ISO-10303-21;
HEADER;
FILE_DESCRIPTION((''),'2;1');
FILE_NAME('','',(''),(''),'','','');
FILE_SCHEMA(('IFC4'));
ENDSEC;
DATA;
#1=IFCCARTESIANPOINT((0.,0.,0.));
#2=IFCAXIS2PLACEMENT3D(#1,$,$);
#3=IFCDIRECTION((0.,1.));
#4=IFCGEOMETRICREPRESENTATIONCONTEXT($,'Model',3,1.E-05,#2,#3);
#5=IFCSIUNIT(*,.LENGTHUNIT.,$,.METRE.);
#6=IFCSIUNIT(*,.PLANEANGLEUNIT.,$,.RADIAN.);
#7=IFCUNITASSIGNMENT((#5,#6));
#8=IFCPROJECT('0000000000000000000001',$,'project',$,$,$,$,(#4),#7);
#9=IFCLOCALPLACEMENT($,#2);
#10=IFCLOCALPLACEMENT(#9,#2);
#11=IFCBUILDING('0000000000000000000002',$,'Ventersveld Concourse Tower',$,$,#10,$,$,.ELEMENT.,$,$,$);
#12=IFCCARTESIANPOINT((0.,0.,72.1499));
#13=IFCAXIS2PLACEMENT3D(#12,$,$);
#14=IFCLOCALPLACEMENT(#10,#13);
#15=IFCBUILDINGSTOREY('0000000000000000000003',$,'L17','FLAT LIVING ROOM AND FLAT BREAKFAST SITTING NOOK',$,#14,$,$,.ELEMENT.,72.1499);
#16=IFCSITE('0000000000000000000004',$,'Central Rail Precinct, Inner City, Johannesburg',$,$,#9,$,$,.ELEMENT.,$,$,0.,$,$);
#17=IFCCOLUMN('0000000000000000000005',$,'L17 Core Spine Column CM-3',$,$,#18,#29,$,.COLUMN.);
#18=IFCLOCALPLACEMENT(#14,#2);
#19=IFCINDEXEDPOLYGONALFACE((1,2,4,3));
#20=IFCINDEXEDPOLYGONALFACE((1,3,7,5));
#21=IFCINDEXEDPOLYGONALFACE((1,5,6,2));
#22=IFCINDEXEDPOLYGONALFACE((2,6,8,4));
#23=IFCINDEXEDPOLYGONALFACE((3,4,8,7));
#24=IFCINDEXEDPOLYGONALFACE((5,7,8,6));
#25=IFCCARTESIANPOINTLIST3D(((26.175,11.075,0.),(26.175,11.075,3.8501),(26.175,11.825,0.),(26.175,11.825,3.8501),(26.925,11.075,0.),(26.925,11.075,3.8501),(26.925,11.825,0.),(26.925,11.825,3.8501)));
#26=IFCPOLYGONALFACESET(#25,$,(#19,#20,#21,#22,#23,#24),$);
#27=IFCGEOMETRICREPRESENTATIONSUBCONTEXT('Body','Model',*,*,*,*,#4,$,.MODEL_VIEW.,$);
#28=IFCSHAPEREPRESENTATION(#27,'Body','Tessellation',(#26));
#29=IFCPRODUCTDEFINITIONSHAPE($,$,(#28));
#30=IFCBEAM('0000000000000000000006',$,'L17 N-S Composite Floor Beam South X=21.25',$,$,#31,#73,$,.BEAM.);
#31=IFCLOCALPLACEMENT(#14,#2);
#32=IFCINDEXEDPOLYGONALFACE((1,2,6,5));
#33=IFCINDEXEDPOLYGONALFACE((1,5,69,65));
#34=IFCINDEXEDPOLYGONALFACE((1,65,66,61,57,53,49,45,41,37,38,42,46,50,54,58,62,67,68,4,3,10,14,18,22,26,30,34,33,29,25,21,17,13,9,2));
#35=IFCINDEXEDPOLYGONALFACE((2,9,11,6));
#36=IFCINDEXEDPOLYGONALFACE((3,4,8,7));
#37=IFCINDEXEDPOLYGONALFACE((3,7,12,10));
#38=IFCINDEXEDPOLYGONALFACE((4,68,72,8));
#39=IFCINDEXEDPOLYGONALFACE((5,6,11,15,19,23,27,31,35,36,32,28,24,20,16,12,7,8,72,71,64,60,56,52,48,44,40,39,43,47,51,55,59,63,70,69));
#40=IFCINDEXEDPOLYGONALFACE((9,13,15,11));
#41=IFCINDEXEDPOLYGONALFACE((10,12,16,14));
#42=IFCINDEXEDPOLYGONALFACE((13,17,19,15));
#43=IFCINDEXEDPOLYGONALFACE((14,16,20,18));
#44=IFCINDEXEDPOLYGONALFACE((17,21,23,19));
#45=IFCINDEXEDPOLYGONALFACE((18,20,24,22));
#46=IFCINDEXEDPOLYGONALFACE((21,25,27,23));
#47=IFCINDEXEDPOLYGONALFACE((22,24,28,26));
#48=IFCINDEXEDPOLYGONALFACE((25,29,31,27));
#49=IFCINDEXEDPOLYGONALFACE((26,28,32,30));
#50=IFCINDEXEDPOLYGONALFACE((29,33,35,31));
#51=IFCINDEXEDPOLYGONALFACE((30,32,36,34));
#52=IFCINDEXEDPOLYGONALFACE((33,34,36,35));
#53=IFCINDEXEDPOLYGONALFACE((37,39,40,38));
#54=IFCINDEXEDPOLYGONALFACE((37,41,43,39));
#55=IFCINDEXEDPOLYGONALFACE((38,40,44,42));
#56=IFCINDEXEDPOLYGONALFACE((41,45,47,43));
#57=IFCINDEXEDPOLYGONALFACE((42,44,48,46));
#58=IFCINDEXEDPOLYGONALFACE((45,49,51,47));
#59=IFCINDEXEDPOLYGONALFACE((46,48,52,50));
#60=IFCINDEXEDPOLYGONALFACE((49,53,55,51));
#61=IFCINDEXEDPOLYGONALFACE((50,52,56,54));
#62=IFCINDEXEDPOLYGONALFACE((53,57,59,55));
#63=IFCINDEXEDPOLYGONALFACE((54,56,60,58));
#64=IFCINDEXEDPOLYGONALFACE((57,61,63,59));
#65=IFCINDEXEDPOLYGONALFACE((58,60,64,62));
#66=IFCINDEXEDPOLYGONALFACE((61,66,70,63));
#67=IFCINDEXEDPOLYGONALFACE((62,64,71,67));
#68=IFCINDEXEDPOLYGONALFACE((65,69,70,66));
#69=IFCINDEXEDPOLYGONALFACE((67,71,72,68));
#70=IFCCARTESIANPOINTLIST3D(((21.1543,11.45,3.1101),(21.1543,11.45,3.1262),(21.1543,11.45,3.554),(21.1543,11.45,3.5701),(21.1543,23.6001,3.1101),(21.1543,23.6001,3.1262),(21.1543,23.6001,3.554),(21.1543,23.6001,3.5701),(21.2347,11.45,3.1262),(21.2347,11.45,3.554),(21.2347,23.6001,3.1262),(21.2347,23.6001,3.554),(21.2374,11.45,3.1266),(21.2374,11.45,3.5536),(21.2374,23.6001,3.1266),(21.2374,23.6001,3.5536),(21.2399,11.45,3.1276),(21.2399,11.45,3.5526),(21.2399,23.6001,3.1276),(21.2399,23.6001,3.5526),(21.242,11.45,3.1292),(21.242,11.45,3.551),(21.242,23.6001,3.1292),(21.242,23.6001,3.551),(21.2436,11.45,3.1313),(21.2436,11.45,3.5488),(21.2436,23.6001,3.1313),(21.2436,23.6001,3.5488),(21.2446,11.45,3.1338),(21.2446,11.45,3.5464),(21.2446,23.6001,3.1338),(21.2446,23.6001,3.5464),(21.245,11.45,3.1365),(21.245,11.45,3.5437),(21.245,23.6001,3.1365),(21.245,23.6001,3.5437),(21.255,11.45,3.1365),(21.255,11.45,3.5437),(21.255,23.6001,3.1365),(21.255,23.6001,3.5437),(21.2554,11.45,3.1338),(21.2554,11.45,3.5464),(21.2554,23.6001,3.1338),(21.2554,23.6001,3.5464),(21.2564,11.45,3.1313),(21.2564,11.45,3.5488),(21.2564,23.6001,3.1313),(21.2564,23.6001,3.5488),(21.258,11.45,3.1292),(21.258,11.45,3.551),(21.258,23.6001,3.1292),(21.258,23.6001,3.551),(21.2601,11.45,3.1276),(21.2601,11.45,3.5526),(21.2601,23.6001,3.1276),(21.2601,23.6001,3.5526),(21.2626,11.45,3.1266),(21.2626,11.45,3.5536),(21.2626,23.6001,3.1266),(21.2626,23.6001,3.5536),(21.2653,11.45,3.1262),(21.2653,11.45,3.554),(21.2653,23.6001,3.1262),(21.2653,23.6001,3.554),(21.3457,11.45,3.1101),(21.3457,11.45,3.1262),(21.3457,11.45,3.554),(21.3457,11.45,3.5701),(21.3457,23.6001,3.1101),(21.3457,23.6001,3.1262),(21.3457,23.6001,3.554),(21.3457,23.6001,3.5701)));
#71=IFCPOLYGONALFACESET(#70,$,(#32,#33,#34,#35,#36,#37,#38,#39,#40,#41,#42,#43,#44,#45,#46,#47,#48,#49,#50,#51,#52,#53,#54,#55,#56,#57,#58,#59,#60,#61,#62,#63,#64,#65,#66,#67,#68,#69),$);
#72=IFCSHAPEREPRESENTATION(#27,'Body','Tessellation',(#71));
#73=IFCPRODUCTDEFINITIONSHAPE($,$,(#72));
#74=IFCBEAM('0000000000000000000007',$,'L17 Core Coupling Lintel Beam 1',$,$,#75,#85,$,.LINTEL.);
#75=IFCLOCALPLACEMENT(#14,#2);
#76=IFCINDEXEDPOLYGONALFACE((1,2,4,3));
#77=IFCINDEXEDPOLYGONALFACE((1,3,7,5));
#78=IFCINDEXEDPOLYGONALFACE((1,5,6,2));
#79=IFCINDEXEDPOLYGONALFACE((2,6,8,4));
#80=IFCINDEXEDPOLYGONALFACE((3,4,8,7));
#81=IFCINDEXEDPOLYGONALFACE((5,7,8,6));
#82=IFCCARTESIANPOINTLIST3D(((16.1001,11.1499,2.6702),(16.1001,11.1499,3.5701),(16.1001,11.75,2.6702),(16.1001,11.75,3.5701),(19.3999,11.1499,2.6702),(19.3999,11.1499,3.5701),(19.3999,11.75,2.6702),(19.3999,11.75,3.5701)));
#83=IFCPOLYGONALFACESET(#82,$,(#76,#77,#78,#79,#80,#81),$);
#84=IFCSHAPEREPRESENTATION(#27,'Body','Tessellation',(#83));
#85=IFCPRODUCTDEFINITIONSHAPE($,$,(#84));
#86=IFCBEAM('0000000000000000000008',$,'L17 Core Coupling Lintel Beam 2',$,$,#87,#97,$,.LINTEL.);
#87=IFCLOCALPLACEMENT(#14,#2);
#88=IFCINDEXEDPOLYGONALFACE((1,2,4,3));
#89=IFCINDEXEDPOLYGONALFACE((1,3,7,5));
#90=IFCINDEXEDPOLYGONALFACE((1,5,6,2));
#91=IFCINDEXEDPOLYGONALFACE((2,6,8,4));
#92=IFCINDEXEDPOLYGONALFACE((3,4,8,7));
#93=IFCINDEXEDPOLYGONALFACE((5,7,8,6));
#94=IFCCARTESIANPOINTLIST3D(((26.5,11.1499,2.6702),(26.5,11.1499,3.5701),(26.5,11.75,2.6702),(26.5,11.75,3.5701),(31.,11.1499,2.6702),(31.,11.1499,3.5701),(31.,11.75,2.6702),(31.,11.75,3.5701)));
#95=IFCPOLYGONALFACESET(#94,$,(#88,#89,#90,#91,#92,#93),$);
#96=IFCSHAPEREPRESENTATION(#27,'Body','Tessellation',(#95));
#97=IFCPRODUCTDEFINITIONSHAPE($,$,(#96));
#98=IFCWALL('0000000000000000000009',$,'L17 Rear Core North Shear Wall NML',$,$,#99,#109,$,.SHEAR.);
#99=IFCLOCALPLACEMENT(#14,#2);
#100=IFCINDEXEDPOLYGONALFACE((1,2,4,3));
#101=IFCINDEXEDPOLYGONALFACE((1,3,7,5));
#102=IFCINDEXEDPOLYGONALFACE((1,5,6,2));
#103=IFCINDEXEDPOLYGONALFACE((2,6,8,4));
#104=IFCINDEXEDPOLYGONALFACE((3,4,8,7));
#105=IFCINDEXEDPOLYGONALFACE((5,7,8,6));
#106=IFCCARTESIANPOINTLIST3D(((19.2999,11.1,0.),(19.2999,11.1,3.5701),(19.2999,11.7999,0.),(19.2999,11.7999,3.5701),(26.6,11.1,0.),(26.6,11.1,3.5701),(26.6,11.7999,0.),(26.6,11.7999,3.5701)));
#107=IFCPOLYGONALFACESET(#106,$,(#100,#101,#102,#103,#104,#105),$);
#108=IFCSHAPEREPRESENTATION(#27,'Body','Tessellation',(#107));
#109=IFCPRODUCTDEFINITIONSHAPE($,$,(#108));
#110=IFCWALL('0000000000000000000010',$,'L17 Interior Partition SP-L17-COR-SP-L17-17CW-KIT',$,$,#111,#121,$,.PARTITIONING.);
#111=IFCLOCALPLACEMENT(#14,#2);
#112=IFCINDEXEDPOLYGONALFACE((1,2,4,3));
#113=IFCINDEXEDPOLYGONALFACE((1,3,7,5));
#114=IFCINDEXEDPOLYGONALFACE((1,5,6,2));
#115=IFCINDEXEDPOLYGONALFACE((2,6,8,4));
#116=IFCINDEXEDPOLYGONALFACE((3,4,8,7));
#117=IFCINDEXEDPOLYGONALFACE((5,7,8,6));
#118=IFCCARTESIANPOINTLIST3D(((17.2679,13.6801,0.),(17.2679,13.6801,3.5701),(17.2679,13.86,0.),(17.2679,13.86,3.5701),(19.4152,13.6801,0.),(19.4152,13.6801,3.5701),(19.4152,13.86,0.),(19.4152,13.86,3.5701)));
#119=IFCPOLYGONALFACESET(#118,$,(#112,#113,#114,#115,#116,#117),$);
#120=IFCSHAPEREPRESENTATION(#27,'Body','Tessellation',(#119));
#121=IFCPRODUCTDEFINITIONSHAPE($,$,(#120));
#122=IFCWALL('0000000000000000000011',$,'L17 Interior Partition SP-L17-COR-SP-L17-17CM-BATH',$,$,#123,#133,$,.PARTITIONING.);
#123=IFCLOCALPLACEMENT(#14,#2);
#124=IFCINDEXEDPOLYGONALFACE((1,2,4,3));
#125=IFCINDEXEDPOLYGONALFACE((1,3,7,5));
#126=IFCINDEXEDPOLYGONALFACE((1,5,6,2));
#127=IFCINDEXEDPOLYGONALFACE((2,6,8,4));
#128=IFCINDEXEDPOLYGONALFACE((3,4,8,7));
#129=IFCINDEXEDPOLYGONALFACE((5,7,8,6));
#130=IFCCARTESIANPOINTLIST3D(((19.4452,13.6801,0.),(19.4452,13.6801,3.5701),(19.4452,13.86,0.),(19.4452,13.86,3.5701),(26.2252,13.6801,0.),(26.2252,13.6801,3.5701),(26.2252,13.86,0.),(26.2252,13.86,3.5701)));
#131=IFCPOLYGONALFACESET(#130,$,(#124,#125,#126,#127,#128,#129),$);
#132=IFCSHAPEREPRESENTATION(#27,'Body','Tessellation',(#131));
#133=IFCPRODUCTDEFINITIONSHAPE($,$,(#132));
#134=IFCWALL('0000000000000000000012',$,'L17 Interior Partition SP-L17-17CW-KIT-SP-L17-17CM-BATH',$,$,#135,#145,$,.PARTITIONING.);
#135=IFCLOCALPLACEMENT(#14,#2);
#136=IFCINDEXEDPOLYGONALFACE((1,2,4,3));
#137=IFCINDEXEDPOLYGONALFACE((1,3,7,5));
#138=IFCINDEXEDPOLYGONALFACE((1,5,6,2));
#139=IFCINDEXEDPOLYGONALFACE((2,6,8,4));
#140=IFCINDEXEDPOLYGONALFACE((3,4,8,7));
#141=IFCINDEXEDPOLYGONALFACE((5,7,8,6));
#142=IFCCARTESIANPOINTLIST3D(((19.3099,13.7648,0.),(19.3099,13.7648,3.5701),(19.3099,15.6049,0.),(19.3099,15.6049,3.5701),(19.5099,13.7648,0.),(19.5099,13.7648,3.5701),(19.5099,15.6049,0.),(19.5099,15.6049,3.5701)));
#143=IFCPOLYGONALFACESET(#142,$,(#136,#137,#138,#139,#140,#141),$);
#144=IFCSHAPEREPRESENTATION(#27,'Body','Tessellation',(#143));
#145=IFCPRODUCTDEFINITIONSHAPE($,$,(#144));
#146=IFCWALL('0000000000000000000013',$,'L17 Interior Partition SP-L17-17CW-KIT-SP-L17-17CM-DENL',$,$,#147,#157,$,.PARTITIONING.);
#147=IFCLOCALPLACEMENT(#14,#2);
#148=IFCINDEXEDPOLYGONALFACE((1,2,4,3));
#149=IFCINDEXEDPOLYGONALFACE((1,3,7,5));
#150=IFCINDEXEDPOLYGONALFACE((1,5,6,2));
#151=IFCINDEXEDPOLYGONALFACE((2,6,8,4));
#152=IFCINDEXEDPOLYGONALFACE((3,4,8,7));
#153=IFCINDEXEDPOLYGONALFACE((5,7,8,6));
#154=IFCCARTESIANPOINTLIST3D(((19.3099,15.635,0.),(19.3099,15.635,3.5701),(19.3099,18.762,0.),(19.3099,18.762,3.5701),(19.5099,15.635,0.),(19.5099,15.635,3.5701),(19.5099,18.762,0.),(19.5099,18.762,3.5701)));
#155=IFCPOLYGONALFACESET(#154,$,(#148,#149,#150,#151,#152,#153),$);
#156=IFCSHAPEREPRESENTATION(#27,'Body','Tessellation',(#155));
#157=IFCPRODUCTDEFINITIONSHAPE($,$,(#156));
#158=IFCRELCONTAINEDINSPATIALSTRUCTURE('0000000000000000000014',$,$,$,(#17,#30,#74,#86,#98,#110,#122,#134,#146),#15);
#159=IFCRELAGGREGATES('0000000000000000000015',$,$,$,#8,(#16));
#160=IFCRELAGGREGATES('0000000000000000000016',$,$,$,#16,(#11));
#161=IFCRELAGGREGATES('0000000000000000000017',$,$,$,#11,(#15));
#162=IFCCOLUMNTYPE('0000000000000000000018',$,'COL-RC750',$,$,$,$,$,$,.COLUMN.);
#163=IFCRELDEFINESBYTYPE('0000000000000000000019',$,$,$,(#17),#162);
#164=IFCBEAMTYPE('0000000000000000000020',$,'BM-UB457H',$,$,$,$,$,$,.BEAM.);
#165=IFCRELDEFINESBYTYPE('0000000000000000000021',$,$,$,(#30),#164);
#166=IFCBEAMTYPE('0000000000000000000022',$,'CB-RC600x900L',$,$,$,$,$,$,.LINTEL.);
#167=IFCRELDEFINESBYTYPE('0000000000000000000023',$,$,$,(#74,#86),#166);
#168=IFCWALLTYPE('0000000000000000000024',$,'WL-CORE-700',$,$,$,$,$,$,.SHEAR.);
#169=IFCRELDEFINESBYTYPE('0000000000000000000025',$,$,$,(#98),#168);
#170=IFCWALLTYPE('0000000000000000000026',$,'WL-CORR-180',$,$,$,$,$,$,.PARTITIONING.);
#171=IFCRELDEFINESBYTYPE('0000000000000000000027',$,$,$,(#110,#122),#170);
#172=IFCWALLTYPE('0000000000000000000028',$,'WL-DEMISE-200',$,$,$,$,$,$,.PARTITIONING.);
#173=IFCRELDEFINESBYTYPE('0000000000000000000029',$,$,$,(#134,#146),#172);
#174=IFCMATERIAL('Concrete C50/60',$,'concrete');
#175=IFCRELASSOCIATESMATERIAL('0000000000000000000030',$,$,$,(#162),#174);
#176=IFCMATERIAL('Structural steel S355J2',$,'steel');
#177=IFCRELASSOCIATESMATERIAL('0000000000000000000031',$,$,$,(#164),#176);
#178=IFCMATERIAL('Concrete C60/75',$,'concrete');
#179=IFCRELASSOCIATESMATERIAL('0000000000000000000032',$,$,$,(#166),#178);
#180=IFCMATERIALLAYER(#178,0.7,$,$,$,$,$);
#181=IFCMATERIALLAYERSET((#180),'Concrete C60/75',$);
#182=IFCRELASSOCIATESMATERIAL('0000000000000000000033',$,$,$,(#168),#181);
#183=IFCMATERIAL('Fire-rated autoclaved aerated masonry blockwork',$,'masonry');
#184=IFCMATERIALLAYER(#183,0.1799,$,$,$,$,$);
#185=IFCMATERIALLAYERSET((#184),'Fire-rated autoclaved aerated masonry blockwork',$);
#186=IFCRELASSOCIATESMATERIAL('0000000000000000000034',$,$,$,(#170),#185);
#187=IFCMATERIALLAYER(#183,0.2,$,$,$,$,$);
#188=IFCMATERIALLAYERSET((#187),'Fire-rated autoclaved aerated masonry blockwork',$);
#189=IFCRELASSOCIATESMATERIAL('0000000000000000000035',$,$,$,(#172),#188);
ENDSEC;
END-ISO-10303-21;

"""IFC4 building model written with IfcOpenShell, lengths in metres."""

from ifc_helpers import new_model, si_unit, direction, frame, frame_2d, origin, origin_2d, place, context, subcontext, project, spatial, rectangle, i_section, extrude, material, layer, layer_set, material_profile, profile_set, type_object, element, save


model = new_model("IFC4")

# Units and contexts
model_context = context("Model", 3, precision=1e-05, world=origin(), true_north=direction((0.0, 1.0)))
body_context = subcontext(model_context, "Body", "Model", "MODEL_VIEW")
ifc_project = project(units=[si_unit("LENGTHUNIT", "METRE"), si_unit("PLANEANGLEUNIT", "RADIAN")], contexts=[model_context])

# Site, building, storey
site_placement = place(None, origin())
site = spatial("IfcSite", under=ifc_project, at=site_placement, Name="Central Rail Precinct, Inner City, Johannesburg", CompositionType="ELEMENT", RefElevation=0.0)
building_placement = place(site_placement, origin())
building = spatial("IfcBuilding", under=site, at=building_placement, Name="Ventersveld Concourse Tower", CompositionType="ELEMENT")
storey_placement = place(building_placement, frame((0.0, 0.0, 72.1499)))
storey = spatial("IfcBuildingStorey", under=building, at=storey_placement, Name="L17", Description="FLAT LIVING ROOM AND FLAT BREAKFAST SITTING NOOK", CompositionType="ELEMENT", Elevation=72.1499)

# Column
ifc_material_1 = material(Name="Concrete C50/60", Category="concrete")
ifc_material_profile_1 = material_profile(ifc_material_1, rectangle(XDim=0.75, YDim=0.75, at=origin_2d()), Name="RC 750x750")
ifc_profile_set_1 = profile_set([ifc_material_profile_1], Name="Concrete C50/60")
column_type = type_object("IfcColumnType", Name="COL-RC750", PredefinedType="COLUMN", material=ifc_profile_set_1)
column_placement = place(storey_placement, frame((26.55, 11.45, 0.0), z_axis=(0.0, 0.0, 1.0), x_axis=(1.0, 0.0, 0.0)))
element("IfcColumn", 1, at=column_placement, inside=storey, type_object=column_type, Name="L17 Core Spine Column CM-3", PredefinedType="COLUMN", context=body_context, shape_type="SweptSolid", body=[
    extrude(rectangle(XDim=0.75, YDim=0.75, at=origin_2d()), origin(), (0.0, 0.0, 1.0), 3.8501),
])

# Beams
ifc_material_2 = material(Name="Structural steel S355J2", Category="steel")
ifc_material_profile_2 = material_profile(ifc_material_2, i_section(OverallWidth=0.1914, OverallDepth=0.46, WebThickness=0.01, FlangeThickness=0.0161, FilletRadius=0.0103, at=origin_2d()), Name="UB 457x191x82")
ifc_profile_set_2 = profile_set([ifc_material_profile_2], Name="Structural steel S355J2")
beam_type_1 = type_object("IfcBeamType", Name="BM-UB457H", PredefinedType="BEAM", material=ifc_profile_set_2)
beam_1_placement = place(storey_placement, frame((21.25, 11.45, 3.3401), z_axis=(0.0, 1.0, 0.0), x_axis=(-1.0, 0.0, 0.0)))
element("IfcBeam", 2, at=beam_1_placement, inside=storey, type_object=beam_type_1, Name="L17 N-S Composite Floor Beam South X=21.25", PredefinedType="BEAM", context=body_context, shape_type="SweptSolid", body=[
    extrude(i_section(OverallWidth=0.1914, OverallDepth=0.46, WebThickness=0.01, FlangeThickness=0.0161, FilletRadius=0.0103, at=origin_2d()), origin(), (0.0, 0.0, 1.0), 12.1501),
])
ifc_material_3 = material(Name="Concrete C60/75", Category="concrete")
ifc_material_profile_3 = material_profile(ifc_material_3, rectangle(XDim=0.6001, YDim=0.8999, at=origin_2d()), Name="RC 600x900")
ifc_profile_set_3 = profile_set([ifc_material_profile_3], Name="Concrete C60/75")
beam_type_2 = type_object("IfcBeamType", Name="CB-RC600x900L", PredefinedType="LINTEL", material=ifc_profile_set_3)
beam_2_placement = place(storey_placement, frame((16.1001, 11.45, 3.1201), z_axis=(1.0, 0.0, 0.0), x_axis=(0.0, 1.0, 0.0)))
element("IfcBeam", 3, at=beam_2_placement, inside=storey, type_object=beam_type_2, Name="L17 Core Coupling Lintel Beam 1", PredefinedType="LINTEL", context=body_context, shape_type="SweptSolid", body=[
    extrude(rectangle(XDim=0.6001, YDim=0.8999, at=origin_2d()), origin(), (0.0, 0.0, 1.0), 3.2998),
])
beam_3_placement = place(storey_placement, frame((26.5, 11.45, 3.1201), z_axis=(1.0, 0.0, 0.0), x_axis=(0.0, 1.0, 0.0)))
element("IfcBeam", 4, at=beam_3_placement, inside=storey, type_object=beam_type_2, Name="L17 Core Coupling Lintel Beam 2", PredefinedType="LINTEL", context=body_context, shape_type="SweptSolid", body=[
    extrude(rectangle(XDim=0.6001, YDim=0.8999, at=origin_2d()), origin(), (0.0, 0.0, 1.0), 4.5),
])

# Walls
ifc_layer_1 = layer(ifc_material_3, 0.7)
ifc_layer_set_1 = layer_set([ifc_layer_1], Name="Concrete C60/75")
wall_type_1 = type_object("IfcWallType", Name="WL-CORE-700", PredefinedType="SHEAR", material=ifc_layer_set_1)
wall_1_placement = place(storey_placement, frame((19.3, 11.45, 0.0), z_axis=(0.0, 0.0, 1.0), x_axis=(1.0, 0.0, 0.0)))
element("IfcWall", 5, at=wall_1_placement, inside=storey, type_object=wall_type_1, Name="L17 Rear Core North Shear Wall NML", PredefinedType="SHEAR", context=body_context, shape_type="SweptSolid", body=[
    extrude(rectangle(XDim=7.3, YDim=0.7, at=frame_2d((3.6499, 0.0))), origin(), (0.0, 0.0, 1.0), 3.5701),
])
ifc_material_4 = material(Name="Fire-rated autoclaved aerated masonry blockwork", Category="masonry")
ifc_layer_2 = layer(ifc_material_4, 0.1799)
ifc_layer_set_2 = layer_set([ifc_layer_2], Name="Fire-rated autoclaved aerated masonry blockwork")
wall_type_2 = type_object("IfcWallType", Name="WL-CORR-180", PredefinedType="PARTITIONING", material=ifc_layer_set_2)
wall_2_placement = place(storey_placement, frame((17.2678, 13.77, 0.0), z_axis=(0.0, 0.0, 1.0), x_axis=(1.0, 0.0, 0.0)))
element("IfcWall", 6, at=wall_2_placement, inside=storey, type_object=wall_type_2, Name="L17 Interior Partition SP-L17-COR-SP-L17-17CW-KIT", PredefinedType="PARTITIONING", context=body_context, shape_type="SweptSolid", body=[
    extrude(rectangle(XDim=2.1472, YDim=0.1799, at=frame_2d((1.0737, 0.0))), origin(), (0.0, 0.0, 1.0), 3.5701),
])

# Walls
wall_3_placement = place(storey_placement, frame((19.4451, 13.77, 0.0), z_axis=(0.0, 0.0, 1.0), x_axis=(1.0, 0.0, 0.0)))
element("IfcWall", 7, at=wall_3_placement, inside=storey, type_object=wall_type_2, Name="L17 Interior Partition SP-L17-COR-SP-L17-17CM-BATH", PredefinedType="PARTITIONING", context=body_context, shape_type="SweptSolid", body=[
    extrude(rectangle(XDim=6.78, YDim=0.1799, at=frame_2d((3.3901, 0.0))), origin(), (0.0, 0.0, 1.0), 3.5701),
])
ifc_layer_3 = layer(ifc_material_4, 0.2)
ifc_layer_set_3 = layer_set([ifc_layer_3], Name="Fire-rated autoclaved aerated masonry blockwork")
wall_type_3 = type_object("IfcWallType", Name="WL-DEMISE-200", PredefinedType="PARTITIONING", material=ifc_layer_set_3)
wall_4_placement = place(storey_placement, frame((19.4099, 13.7649, 0.0), z_axis=(0.0, 0.0, 1.0), x_axis=(0.0, 1.0, 0.0)))
element("IfcWall", 8, at=wall_4_placement, inside=storey, type_object=wall_type_3, Name="L17 Interior Partition SP-L17-17CW-KIT-SP-L17-17CM-BATH", PredefinedType="PARTITIONING", context=body_context, shape_type="SweptSolid", body=[
    extrude(rectangle(XDim=1.8401, YDim=0.2, at=frame_2d((0.9199, 0.0))), origin(), (0.0, 0.0, 1.0), 3.5701),
])
wall_5_placement = place(storey_placement, frame((19.4099, 15.635, 0.0), z_axis=(0.0, 0.0, 1.0), x_axis=(0.0, 1.0, 0.0)))
element("IfcWall", 9, at=wall_5_placement, inside=storey, type_object=wall_type_3, Name="L17 Interior Partition SP-L17-17CW-KIT-SP-L17-17CM-DENL", PredefinedType="PARTITIONING", context=body_context, shape_type="SweptSolid", body=[
    extrude(rectangle(XDim=3.127, YDim=0.2, at=frame_2d((1.5635, 0.0))), origin(), (0.0, 0.0, 1.0), 3.5701),
])

save(model, "model.ifc")
